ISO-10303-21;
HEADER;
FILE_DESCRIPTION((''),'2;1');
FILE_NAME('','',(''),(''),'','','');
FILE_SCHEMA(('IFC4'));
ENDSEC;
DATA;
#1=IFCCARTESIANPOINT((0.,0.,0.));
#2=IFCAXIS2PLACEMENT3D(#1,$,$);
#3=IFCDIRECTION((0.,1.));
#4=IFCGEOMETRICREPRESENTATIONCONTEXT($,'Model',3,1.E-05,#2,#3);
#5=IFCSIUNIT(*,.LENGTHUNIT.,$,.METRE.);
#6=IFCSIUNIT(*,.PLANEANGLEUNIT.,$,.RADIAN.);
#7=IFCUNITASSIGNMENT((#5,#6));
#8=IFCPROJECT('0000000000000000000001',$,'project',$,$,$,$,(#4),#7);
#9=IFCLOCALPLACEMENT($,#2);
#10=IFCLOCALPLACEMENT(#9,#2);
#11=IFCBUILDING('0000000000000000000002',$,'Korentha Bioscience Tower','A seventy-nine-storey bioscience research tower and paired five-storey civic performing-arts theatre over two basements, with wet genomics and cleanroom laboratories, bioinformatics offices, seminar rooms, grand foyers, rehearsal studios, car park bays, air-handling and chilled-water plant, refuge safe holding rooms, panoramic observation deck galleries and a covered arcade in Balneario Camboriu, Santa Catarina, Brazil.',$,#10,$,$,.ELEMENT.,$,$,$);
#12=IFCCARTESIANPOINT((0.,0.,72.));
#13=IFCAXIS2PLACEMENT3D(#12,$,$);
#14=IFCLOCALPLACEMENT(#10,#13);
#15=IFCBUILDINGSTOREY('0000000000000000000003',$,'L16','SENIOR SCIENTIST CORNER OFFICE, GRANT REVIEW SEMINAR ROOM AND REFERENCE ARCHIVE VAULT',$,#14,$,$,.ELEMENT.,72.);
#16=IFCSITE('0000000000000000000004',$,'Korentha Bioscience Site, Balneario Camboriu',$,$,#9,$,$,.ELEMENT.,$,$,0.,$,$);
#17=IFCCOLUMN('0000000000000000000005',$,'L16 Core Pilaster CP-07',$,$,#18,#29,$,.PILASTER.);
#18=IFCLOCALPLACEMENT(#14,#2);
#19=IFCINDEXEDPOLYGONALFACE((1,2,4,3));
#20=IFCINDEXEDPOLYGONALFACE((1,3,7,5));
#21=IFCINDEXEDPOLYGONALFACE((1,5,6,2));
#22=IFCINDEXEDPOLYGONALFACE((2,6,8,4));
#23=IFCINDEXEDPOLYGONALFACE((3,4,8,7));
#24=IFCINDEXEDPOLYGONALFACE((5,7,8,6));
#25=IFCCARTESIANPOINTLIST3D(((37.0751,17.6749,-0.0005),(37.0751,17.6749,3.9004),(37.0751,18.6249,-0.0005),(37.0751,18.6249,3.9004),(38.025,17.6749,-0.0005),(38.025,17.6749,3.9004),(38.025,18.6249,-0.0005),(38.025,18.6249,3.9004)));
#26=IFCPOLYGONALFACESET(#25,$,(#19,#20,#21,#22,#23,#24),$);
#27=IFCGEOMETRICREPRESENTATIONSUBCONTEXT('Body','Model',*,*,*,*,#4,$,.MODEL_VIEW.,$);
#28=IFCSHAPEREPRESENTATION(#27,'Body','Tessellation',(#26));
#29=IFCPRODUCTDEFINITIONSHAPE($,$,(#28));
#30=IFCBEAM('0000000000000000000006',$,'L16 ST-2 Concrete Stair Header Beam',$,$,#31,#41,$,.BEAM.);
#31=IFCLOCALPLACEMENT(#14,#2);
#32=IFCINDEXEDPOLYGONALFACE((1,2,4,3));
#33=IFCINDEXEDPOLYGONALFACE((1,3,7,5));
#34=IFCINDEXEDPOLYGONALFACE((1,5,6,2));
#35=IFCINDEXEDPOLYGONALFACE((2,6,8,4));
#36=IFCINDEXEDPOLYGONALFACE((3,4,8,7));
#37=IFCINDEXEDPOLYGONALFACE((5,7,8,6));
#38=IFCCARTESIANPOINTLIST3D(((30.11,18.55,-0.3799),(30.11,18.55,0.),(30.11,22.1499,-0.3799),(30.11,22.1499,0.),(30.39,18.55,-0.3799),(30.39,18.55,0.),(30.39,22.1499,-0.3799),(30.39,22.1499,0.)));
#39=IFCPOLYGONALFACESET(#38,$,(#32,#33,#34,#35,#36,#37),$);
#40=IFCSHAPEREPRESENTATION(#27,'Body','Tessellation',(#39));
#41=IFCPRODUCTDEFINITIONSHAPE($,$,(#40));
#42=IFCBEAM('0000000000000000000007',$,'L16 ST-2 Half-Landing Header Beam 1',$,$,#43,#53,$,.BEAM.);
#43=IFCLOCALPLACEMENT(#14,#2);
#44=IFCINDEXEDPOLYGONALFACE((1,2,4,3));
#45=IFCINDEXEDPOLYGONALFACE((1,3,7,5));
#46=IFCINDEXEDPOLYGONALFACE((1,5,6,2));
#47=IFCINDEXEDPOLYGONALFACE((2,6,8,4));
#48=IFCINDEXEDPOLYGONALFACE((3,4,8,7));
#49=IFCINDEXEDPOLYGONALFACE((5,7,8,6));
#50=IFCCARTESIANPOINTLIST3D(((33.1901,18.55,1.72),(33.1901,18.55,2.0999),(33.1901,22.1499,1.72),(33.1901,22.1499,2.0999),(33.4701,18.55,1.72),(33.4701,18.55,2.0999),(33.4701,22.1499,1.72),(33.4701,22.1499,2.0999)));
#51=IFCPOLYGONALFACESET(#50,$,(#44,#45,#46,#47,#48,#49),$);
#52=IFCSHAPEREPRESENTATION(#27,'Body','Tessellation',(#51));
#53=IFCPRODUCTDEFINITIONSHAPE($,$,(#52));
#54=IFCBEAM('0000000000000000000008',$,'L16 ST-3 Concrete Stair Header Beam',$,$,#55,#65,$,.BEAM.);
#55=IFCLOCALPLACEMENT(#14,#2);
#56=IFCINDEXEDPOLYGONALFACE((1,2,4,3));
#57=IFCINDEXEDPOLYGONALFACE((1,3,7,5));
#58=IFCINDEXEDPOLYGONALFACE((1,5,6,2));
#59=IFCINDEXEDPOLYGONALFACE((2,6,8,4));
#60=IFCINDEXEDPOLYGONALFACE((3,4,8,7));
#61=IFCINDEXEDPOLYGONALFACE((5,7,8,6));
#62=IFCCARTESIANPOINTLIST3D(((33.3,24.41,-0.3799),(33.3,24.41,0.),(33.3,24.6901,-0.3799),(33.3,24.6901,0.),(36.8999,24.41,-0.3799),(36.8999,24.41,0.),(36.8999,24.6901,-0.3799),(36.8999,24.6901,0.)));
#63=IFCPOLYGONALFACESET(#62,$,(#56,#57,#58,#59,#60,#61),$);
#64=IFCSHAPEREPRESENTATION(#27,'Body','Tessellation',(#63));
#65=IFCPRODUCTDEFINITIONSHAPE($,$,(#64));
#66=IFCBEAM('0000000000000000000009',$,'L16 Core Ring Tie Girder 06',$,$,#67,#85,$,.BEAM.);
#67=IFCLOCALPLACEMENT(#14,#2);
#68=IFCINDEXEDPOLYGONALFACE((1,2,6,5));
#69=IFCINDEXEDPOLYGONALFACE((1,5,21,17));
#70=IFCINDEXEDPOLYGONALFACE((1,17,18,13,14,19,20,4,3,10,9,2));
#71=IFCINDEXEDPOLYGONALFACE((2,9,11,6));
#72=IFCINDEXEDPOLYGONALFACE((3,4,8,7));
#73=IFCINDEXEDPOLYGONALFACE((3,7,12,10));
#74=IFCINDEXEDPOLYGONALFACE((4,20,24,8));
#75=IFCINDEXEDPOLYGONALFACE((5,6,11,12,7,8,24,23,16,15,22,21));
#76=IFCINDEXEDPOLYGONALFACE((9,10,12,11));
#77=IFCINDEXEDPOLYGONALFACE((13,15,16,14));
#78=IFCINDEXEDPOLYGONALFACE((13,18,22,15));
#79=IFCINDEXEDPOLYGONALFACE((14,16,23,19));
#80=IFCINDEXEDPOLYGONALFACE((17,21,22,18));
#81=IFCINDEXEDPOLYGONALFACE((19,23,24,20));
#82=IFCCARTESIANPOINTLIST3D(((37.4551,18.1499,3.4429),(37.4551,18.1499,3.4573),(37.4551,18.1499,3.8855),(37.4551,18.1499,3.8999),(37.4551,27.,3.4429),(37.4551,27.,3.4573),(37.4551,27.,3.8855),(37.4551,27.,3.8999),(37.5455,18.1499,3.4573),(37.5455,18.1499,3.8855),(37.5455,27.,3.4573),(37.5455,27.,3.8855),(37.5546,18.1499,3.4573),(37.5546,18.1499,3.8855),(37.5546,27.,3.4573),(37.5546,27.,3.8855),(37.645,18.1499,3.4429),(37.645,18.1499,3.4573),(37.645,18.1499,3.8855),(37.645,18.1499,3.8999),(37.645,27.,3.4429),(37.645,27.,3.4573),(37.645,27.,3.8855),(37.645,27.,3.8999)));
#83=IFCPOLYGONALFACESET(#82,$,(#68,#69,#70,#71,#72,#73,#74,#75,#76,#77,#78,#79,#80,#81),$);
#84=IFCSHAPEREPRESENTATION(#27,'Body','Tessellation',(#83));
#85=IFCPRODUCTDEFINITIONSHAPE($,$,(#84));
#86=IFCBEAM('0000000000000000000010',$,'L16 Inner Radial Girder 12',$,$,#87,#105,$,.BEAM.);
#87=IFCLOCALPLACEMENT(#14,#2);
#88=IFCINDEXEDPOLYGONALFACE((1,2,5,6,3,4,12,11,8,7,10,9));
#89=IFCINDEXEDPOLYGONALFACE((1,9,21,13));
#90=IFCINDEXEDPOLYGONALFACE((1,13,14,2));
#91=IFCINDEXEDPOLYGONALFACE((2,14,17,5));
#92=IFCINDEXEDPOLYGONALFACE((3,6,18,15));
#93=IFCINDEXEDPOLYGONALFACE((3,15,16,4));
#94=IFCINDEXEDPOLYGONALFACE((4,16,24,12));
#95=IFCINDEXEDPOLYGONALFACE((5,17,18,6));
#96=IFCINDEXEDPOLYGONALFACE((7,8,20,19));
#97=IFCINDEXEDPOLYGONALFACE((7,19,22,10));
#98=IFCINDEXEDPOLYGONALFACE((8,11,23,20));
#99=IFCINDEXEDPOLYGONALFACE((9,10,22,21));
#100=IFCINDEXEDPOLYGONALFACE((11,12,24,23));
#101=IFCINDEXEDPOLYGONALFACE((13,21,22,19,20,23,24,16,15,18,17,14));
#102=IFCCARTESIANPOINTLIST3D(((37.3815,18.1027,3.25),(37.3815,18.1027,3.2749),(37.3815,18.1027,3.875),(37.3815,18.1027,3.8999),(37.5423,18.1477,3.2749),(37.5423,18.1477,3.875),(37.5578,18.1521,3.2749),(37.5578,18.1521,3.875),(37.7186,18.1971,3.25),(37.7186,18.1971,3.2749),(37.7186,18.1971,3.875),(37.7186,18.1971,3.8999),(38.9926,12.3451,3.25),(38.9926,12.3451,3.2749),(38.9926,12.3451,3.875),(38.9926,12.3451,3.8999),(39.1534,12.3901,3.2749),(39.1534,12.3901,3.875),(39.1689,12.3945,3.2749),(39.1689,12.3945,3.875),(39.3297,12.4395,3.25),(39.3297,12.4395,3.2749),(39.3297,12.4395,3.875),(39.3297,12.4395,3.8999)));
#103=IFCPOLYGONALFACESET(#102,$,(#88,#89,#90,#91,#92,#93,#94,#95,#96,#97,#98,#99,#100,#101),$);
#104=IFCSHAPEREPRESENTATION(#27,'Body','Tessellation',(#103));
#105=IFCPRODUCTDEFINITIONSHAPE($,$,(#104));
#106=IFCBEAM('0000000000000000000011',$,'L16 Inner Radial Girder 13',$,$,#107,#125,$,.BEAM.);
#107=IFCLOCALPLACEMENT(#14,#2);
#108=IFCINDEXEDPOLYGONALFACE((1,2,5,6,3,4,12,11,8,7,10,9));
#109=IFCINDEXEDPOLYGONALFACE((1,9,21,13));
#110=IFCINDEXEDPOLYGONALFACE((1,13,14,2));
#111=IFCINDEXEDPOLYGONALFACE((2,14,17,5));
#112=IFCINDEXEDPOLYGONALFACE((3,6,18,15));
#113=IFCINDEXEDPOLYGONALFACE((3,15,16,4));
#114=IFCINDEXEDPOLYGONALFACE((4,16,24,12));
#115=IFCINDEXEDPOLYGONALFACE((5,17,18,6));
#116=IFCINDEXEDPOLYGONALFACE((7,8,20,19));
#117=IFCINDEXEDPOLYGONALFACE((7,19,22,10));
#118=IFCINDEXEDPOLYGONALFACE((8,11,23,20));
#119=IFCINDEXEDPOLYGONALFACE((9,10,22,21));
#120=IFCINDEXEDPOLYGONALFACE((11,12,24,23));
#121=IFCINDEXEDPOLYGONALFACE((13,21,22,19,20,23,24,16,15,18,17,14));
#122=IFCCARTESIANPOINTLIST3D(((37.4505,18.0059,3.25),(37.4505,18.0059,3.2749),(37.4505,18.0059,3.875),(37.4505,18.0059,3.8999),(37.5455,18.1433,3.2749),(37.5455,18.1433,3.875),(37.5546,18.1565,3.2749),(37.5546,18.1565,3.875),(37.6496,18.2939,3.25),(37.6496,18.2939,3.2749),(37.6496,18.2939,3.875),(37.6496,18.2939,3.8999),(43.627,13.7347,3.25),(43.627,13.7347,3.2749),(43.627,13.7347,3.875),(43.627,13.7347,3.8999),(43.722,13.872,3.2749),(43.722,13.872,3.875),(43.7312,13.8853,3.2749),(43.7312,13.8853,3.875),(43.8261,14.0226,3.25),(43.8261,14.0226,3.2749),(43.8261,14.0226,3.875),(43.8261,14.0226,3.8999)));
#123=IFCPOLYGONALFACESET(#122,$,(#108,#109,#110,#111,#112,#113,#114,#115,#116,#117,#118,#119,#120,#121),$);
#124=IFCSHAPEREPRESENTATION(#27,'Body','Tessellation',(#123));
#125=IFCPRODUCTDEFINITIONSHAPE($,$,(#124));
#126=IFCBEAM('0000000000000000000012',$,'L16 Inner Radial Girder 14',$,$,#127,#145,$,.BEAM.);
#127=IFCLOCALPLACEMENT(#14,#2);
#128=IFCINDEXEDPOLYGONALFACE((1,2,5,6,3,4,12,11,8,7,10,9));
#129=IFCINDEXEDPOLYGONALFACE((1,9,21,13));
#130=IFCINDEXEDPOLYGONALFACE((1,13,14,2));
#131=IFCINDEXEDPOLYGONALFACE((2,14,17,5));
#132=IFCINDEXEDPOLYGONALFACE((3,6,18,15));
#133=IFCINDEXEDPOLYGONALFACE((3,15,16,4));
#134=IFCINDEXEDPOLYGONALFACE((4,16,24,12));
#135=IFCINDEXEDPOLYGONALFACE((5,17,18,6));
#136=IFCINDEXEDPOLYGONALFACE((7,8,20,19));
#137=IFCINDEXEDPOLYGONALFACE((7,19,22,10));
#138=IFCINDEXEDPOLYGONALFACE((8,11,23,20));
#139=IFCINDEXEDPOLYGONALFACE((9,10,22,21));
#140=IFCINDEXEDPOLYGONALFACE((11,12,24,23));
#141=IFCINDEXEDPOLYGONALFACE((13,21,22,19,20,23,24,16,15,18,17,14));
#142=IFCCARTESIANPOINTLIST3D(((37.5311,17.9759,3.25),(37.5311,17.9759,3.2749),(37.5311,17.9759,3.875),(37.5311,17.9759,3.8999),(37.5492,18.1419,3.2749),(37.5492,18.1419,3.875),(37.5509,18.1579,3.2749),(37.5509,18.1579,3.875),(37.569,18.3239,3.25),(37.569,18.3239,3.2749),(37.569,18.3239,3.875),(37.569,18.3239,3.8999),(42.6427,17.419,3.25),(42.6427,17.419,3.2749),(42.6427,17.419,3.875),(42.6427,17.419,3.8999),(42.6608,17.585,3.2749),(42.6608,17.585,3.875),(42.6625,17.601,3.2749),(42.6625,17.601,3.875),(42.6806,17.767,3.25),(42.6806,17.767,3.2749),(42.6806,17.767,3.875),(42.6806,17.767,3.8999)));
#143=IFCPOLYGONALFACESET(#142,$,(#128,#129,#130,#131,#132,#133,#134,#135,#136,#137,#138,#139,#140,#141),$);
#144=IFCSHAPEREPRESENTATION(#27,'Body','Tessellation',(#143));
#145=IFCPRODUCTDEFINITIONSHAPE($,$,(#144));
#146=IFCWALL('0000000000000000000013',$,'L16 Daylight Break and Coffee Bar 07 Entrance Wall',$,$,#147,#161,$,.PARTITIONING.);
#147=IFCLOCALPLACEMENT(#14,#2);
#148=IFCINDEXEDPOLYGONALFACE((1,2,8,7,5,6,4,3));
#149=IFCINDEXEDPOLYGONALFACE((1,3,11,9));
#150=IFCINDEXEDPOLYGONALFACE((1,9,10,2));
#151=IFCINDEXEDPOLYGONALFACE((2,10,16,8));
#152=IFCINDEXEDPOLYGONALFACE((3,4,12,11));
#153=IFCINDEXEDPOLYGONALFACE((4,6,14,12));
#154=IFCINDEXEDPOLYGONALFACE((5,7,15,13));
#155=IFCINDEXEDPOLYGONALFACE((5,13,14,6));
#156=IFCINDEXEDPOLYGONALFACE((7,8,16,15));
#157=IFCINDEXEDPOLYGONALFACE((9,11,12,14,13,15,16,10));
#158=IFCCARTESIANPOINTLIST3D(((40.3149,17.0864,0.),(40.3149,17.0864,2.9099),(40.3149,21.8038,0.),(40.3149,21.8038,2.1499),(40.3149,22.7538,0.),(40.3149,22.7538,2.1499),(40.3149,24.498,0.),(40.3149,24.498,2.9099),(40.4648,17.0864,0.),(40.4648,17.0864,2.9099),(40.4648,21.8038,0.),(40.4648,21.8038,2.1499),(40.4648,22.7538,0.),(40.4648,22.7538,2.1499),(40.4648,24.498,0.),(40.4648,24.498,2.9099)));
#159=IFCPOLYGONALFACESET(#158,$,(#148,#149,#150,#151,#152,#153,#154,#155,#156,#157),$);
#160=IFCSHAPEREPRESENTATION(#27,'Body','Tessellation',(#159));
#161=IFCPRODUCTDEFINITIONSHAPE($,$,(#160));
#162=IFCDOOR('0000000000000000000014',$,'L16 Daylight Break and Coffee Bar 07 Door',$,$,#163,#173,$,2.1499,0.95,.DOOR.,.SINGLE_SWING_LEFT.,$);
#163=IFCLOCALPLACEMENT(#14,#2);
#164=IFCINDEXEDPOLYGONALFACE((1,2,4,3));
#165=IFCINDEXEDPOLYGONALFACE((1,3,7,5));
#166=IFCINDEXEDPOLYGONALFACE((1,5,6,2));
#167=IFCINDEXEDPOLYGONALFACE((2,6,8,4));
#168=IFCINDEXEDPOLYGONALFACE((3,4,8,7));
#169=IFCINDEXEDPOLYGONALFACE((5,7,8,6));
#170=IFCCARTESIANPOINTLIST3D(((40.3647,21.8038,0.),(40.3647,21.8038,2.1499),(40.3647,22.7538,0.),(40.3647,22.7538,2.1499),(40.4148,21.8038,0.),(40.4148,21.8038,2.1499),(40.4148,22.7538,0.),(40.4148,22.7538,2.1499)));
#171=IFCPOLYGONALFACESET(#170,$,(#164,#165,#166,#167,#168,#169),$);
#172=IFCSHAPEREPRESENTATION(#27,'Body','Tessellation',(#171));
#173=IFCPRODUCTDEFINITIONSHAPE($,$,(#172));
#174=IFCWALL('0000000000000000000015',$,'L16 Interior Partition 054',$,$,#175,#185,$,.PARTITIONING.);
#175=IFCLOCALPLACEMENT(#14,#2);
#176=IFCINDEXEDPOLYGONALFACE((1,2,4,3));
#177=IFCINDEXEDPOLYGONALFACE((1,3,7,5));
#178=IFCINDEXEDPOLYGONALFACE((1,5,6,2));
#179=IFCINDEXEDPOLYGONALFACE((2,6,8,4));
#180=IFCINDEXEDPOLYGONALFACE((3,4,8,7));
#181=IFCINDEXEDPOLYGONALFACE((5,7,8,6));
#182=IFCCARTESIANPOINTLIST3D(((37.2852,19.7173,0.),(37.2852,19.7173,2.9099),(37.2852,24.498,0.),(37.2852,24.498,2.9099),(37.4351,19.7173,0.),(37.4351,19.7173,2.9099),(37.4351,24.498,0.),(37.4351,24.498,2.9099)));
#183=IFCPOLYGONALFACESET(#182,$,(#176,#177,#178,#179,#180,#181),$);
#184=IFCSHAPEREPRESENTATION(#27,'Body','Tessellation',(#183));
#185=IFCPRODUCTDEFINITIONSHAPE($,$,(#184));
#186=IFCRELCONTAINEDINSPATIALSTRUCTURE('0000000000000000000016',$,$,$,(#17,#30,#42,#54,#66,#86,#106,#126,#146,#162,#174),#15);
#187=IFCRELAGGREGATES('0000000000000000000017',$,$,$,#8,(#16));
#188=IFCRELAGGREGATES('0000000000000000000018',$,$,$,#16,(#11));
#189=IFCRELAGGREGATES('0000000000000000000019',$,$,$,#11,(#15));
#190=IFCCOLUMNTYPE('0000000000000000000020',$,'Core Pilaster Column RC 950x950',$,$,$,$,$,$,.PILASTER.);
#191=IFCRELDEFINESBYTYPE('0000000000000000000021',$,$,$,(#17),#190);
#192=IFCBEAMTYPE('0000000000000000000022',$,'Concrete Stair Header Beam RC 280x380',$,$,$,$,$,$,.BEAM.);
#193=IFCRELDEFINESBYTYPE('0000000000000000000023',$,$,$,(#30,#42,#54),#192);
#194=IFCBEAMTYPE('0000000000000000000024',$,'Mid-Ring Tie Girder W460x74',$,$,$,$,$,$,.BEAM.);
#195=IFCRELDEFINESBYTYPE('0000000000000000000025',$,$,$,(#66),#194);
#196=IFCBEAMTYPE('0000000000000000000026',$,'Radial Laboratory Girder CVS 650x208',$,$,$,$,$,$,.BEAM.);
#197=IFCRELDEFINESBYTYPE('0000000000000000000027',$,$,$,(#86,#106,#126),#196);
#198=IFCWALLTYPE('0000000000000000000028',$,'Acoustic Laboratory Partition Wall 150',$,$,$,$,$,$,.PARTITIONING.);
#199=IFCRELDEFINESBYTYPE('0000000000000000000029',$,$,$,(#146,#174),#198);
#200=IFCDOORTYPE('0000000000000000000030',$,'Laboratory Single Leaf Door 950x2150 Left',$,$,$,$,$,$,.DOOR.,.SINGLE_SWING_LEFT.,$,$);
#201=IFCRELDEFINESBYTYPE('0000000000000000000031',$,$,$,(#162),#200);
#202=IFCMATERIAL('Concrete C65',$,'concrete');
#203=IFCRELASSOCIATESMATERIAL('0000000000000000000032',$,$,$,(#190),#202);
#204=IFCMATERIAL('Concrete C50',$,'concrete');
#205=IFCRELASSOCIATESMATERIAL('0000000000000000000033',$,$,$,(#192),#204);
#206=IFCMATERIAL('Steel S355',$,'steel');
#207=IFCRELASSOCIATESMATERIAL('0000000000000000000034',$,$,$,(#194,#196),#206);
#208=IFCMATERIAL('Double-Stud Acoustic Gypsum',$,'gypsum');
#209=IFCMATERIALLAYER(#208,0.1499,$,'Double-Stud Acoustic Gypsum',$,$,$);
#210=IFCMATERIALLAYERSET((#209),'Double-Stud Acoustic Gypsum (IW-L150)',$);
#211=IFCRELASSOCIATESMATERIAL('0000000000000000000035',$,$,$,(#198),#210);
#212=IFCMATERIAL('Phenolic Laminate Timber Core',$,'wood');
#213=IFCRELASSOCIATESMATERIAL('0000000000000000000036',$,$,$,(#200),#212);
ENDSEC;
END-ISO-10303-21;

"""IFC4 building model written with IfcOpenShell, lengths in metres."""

from ifc_helpers import new_model, si_unit, direction, frame, frame_2d, origin, origin_2d, place, context, subcontext, project, spatial, rectangle, i_section, extrude, material, layer, layer_set, material_profile, profile_set, type_object, element, fill, save


model = new_model("IFC4")

# Units and contexts
model_context = context("Model", 3, precision=1e-05, world=origin(), true_north=direction((0.0, 1.0)))
body_context = subcontext(model_context, "Body", "Model", "MODEL_VIEW")
ifc_project = project(units=[si_unit("LENGTHUNIT", "METRE"), si_unit("PLANEANGLEUNIT", "RADIAN")], contexts=[model_context])

# Site, building, storey
site_placement = place(None, origin())
site = spatial("IfcSite", under=ifc_project, at=site_placement, Name="Korentha Bioscience Site, Balneario Camboriu", CompositionType="ELEMENT", RefElevation=0.0)
building_placement = place(site_placement, origin())
building = spatial("IfcBuilding", under=site, at=building_placement, Name="Korentha Bioscience Tower", Description="A seventy-nine-storey bioscience research tower and paired five-storey civic performing-arts theatre over two basements, with wet genomics and cleanroom laboratories, bioinformatics offices, seminar rooms, grand foyers, rehearsal studios, car park bays, air-handling and chilled-water plant, refuge safe holding rooms, panoramic observation deck galleries and a covered arcade in Balneario Camboriu, Santa Catarina, Brazil.", CompositionType="ELEMENT")
storey_placement = place(building_placement, frame((0.0, 0.0, 72.0)))
storey = spatial("IfcBuildingStorey", under=building, at=storey_placement, Name="L16", Description="SENIOR SCIENTIST CORNER OFFICE, GRANT REVIEW SEMINAR ROOM AND REFERENCE ARCHIVE VAULT", CompositionType="ELEMENT", Elevation=72.0)

# Column
ifc_material_1 = material(Name="Concrete C65", Category="concrete")
ifc_material_profile_1 = material_profile(ifc_material_1, rectangle(XDim=0.95, YDim=0.95, at=origin_2d()), Name="Concrete C65")
ifc_profile_set_1 = profile_set([ifc_material_profile_1], Name="Concrete C65 (COL-CP09)")
column_type = type_object("IfcColumnType", Name="Core Pilaster Column RC 950x950", PredefinedType="PILASTER", material=ifc_profile_set_1)
column_placement = place(storey_placement, frame((37.55, 18.1499, -0.0005), z_axis=(0.0, 0.0, 1.0), x_axis=(1.0, 0.0, 0.0)))
element("IfcColumn", 1, at=column_placement, inside=storey, type_object=column_type, Name="L16 Core Pilaster CP-07", PredefinedType="PILASTER", context=body_context, shape_type="SweptSolid", body=[
    extrude(rectangle(XDim=0.95, YDim=0.95, at=origin_2d()), origin(), (0.0, 0.0, 1.0), 3.9009),
])

# Beams
ifc_material_2 = material(Name="Concrete C50", Category="concrete")
ifc_material_profile_2 = material_profile(ifc_material_2, rectangle(XDim=0.28, YDim=0.3799, at=origin_2d()), Name="Concrete C50")
ifc_profile_set_2 = profile_set([ifc_material_profile_2], Name="Concrete C50 (ST-HB380)")
beam_type_1 = type_object("IfcBeamType", Name="Concrete Stair Header Beam RC 280x380", PredefinedType="BEAM", material=ifc_profile_set_2)
for number, where, z_axis, x_axis, name in (
    (2, (30.25, 18.55, -0.1899), (0.0, 1.0, 0.0), (-1.0, 0.0, 0.0), "L16 ST-2 Concrete Stair Header Beam"),
    (3, (33.3301, 18.55, 1.9099), (0.0, 1.0, 0.0), (-1.0, 0.0, 0.0), "L16 ST-2 Half-Landing Header Beam 1"),
    (4, (36.8999, 24.55, -0.1899), (-1.0, 0.0, 0.0), (0.0, -1.0, 0.0), "L16 ST-3 Concrete Stair Header Beam"),
):
    element("IfcBeam", number, at=place(storey_placement, frame(where, z_axis=z_axis, x_axis=x_axis)), inside=storey, type_object=beam_type_1, Name=name, PredefinedType="BEAM", context=body_context, shape_type="SweptSolid", body=[
        extrude(rectangle(XDim=0.28, YDim=0.3799, at=origin_2d()), origin(), (0.0, 0.0, 1.0), 3.5999),
    ])
ifc_material_3 = material(Name="Steel S355", Category="steel")
ifc_material_profile_3 = material_profile(ifc_material_3, i_section(OverallWidth=0.1899, OverallDepth=0.457, WebThickness=0.009, FlangeThickness=0.0144, at=origin_2d()), Name="Steel S355")
ifc_profile_set_3 = profile_set([ifc_material_profile_3], Name="Steel S355 (MB-460)")
beam_type_2 = type_object("IfcBeamType", Name="Mid-Ring Tie Girder W460x74", PredefinedType="BEAM", material=ifc_profile_set_3)
beam_1_placement = place(storey_placement, frame((37.55, 18.1499, 3.6714), z_axis=(0.0, 1.0, 0.0), x_axis=(-1.0, 0.0, 0.0)))
element("IfcBeam", 5, at=beam_1_placement, inside=storey, type_object=beam_type_2, Name="L16 Core Ring Tie Girder 06", PredefinedType="BEAM", context=body_context, shape_type="SweptSolid", body=[
    extrude(i_section(OverallWidth=0.1899, OverallDepth=0.457, WebThickness=0.009, FlangeThickness=0.0144, at=origin_2d()), origin(), (0.0, 0.0, 1.0), 8.8501),
])
ifc_material_profile_4 = material_profile(ifc_material_3, i_section(OverallWidth=0.3501, OverallDepth=0.6499, WebThickness=0.0161, FlangeThickness=0.0249, at=origin_2d()), Name="Steel S355")
ifc_profile_set_4 = profile_set([ifc_material_profile_4], Name="Steel S355 (RB-650)")
beam_type_3 = type_object("IfcBeamType", Name="Radial Laboratory Girder CVS 650x208", PredefinedType="BEAM", material=ifc_profile_set_4)
beam_2_placement = place(storey_placement, frame((37.55, 18.1499, 3.575), z_axis=(0.269469, -0.963009, 0.0), x_axis=(0.963009, 0.269469, 0.0)))
element("IfcBeam", 6, at=beam_2_placement, inside=storey, type_object=beam_type_3, Name="L16 Inner Radial Girder 12", PredefinedType="BEAM", context=body_context, shape_type="SweptSolid", body=[
    extrude(i_section(OverallWidth=0.3501, OverallDepth=0.6499, WebThickness=0.0161, FlangeThickness=0.0249, at=origin_2d()), origin(), (0.0, 0.0, 1.0), 5.9788),
])
beam_3_placement = place(storey_placement, frame((37.55, 18.1499, 3.575), z_axis=(0.822492, -0.568777, 0.0), x_axis=(0.568777, 0.822492, 0.0)))
element("IfcBeam", 7, at=beam_3_placement, inside=storey, type_object=beam_type_3, Name="L16 Inner Radial Girder 13", PredefinedType="BEAM", context=body_context, shape_type="SweptSolid", body=[
    extrude(i_section(OverallWidth=0.3501, OverallDepth=0.6499, WebThickness=0.0161, FlangeThickness=0.0249, at=origin_2d()), origin(), (0.0, 0.0, 1.0), 7.5095),
])
beam_4_placement = place(storey_placement, frame((37.55, 18.1499, 3.575), z_axis=(0.994118, -0.108305, 0.0), x_axis=(0.108305, 0.994118, 0.0)))
element("IfcBeam", 8, at=beam_4_placement, inside=storey, type_object=beam_type_3, Name="L16 Inner Radial Girder 14", PredefinedType="BEAM", context=body_context, shape_type="SweptSolid", body=[
    extrude(i_section(OverallWidth=0.3501, OverallDepth=0.6499, WebThickness=0.0161, FlangeThickness=0.0249, at=origin_2d()), origin(), (0.0, 0.0, 1.0), 5.1418),
])

# Wall, opening, door
ifc_material_4 = material(Name="Double-Stud Acoustic Gypsum", Category="gypsum")
ifc_layer_1 = layer(ifc_material_4, 0.1499, Name="Double-Stud Acoustic Gypsum")
ifc_layer_set_1 = layer_set([ifc_layer_1], Name="Double-Stud Acoustic Gypsum (IW-L150)")
wall_type_1 = type_object("IfcWallType", Name="Acoustic Laboratory Partition Wall 150", PredefinedType="PARTITIONING", material=ifc_layer_set_1)
wall_1_placement = place(storey_placement, frame((40.3899, 24.498, 0.0), z_axis=(0.0, 0.0, 1.0), x_axis=(0.0, -1.0, 0.0)))
wall_1 = element("IfcWall", 9, at=wall_1_placement, inside=storey, type_object=wall_type_1, Name="L16 Daylight Break and Coffee Bar 07 Entrance Wall", PredefinedType="PARTITIONING", context=body_context, shape_type="SweptSolid", body=[
    extrude(rectangle(XDim=7.4116, YDim=0.1499, at=frame_2d((3.7058, 0.0))), origin(), (0.0, 0.0, 1.0), 2.9099),
])
opening_1_placement = place(wall_1_placement, frame((1.7441, 0.0, 0.0)))
opening_1 = element("IfcOpeningElement", 10, at=opening_1_placement, cuts=wall_1, PredefinedType="OPENING", context=body_context, shape_type="SweptSolid", body=[
    extrude(rectangle(XDim=0.95, YDim=2.1499, at=frame_2d((0.4751, 1.075))), frame((0.0, 0.0898, 0.0), z_axis=(0.0, -1.0, 0.0), x_axis=(1.0, 0.0, 0.0)), (0.0, 0.0, 1.0), 0.1797),
])
ifc_material_5 = material(Name="Phenolic Laminate Timber Core", Category="wood")
door_type_1 = type_object("IfcDoorType", Name="Laboratory Single Leaf Door 950x2150 Left", OperationType="SINGLE_SWING_LEFT", PredefinedType="DOOR", material=ifc_material_5)
door_1_placement = place(opening_1_placement, origin())
door_1 = element("IfcDoor", 11, at=door_1_placement, inside=storey, type_object=door_type_1, Name="L16 Daylight Break and Coffee Bar 07 Door", OperationType="SINGLE_SWING_LEFT", OverallHeight=2.1499, OverallWidth=0.95, PredefinedType="DOOR", context=body_context, shape_type="SweptSolid", body=[
    extrude(rectangle(XDim=0.95, YDim=2.1499, at=frame_2d((0.4751, 1.075))), frame((0.0, 0.0249, 0.0), z_axis=(0.0, -1.0, 0.0), x_axis=(1.0, 0.0, 0.0)), (0.0, 0.0, 1.0), 0.05),
])
fill(opening_1, door_1)

# Wall
wall_2_placement = place(storey_placement, frame((37.3601, 19.7173, 0.0), z_axis=(0.0, 0.0, 1.0), x_axis=(0.0, 1.0, 0.0)))
element("IfcWall", 12, at=wall_2_placement, inside=storey, type_object=wall_type_1, Name="L16 Interior Partition 054", PredefinedType="PARTITIONING", context=body_context, shape_type="SweptSolid", body=[
    extrude(rectangle(XDim=4.7808, YDim=0.1499, at=frame_2d((2.3904, 0.0))), origin(), (0.0, 0.0, 1.0), 2.9099),
])

save(model, "model.ifc")
